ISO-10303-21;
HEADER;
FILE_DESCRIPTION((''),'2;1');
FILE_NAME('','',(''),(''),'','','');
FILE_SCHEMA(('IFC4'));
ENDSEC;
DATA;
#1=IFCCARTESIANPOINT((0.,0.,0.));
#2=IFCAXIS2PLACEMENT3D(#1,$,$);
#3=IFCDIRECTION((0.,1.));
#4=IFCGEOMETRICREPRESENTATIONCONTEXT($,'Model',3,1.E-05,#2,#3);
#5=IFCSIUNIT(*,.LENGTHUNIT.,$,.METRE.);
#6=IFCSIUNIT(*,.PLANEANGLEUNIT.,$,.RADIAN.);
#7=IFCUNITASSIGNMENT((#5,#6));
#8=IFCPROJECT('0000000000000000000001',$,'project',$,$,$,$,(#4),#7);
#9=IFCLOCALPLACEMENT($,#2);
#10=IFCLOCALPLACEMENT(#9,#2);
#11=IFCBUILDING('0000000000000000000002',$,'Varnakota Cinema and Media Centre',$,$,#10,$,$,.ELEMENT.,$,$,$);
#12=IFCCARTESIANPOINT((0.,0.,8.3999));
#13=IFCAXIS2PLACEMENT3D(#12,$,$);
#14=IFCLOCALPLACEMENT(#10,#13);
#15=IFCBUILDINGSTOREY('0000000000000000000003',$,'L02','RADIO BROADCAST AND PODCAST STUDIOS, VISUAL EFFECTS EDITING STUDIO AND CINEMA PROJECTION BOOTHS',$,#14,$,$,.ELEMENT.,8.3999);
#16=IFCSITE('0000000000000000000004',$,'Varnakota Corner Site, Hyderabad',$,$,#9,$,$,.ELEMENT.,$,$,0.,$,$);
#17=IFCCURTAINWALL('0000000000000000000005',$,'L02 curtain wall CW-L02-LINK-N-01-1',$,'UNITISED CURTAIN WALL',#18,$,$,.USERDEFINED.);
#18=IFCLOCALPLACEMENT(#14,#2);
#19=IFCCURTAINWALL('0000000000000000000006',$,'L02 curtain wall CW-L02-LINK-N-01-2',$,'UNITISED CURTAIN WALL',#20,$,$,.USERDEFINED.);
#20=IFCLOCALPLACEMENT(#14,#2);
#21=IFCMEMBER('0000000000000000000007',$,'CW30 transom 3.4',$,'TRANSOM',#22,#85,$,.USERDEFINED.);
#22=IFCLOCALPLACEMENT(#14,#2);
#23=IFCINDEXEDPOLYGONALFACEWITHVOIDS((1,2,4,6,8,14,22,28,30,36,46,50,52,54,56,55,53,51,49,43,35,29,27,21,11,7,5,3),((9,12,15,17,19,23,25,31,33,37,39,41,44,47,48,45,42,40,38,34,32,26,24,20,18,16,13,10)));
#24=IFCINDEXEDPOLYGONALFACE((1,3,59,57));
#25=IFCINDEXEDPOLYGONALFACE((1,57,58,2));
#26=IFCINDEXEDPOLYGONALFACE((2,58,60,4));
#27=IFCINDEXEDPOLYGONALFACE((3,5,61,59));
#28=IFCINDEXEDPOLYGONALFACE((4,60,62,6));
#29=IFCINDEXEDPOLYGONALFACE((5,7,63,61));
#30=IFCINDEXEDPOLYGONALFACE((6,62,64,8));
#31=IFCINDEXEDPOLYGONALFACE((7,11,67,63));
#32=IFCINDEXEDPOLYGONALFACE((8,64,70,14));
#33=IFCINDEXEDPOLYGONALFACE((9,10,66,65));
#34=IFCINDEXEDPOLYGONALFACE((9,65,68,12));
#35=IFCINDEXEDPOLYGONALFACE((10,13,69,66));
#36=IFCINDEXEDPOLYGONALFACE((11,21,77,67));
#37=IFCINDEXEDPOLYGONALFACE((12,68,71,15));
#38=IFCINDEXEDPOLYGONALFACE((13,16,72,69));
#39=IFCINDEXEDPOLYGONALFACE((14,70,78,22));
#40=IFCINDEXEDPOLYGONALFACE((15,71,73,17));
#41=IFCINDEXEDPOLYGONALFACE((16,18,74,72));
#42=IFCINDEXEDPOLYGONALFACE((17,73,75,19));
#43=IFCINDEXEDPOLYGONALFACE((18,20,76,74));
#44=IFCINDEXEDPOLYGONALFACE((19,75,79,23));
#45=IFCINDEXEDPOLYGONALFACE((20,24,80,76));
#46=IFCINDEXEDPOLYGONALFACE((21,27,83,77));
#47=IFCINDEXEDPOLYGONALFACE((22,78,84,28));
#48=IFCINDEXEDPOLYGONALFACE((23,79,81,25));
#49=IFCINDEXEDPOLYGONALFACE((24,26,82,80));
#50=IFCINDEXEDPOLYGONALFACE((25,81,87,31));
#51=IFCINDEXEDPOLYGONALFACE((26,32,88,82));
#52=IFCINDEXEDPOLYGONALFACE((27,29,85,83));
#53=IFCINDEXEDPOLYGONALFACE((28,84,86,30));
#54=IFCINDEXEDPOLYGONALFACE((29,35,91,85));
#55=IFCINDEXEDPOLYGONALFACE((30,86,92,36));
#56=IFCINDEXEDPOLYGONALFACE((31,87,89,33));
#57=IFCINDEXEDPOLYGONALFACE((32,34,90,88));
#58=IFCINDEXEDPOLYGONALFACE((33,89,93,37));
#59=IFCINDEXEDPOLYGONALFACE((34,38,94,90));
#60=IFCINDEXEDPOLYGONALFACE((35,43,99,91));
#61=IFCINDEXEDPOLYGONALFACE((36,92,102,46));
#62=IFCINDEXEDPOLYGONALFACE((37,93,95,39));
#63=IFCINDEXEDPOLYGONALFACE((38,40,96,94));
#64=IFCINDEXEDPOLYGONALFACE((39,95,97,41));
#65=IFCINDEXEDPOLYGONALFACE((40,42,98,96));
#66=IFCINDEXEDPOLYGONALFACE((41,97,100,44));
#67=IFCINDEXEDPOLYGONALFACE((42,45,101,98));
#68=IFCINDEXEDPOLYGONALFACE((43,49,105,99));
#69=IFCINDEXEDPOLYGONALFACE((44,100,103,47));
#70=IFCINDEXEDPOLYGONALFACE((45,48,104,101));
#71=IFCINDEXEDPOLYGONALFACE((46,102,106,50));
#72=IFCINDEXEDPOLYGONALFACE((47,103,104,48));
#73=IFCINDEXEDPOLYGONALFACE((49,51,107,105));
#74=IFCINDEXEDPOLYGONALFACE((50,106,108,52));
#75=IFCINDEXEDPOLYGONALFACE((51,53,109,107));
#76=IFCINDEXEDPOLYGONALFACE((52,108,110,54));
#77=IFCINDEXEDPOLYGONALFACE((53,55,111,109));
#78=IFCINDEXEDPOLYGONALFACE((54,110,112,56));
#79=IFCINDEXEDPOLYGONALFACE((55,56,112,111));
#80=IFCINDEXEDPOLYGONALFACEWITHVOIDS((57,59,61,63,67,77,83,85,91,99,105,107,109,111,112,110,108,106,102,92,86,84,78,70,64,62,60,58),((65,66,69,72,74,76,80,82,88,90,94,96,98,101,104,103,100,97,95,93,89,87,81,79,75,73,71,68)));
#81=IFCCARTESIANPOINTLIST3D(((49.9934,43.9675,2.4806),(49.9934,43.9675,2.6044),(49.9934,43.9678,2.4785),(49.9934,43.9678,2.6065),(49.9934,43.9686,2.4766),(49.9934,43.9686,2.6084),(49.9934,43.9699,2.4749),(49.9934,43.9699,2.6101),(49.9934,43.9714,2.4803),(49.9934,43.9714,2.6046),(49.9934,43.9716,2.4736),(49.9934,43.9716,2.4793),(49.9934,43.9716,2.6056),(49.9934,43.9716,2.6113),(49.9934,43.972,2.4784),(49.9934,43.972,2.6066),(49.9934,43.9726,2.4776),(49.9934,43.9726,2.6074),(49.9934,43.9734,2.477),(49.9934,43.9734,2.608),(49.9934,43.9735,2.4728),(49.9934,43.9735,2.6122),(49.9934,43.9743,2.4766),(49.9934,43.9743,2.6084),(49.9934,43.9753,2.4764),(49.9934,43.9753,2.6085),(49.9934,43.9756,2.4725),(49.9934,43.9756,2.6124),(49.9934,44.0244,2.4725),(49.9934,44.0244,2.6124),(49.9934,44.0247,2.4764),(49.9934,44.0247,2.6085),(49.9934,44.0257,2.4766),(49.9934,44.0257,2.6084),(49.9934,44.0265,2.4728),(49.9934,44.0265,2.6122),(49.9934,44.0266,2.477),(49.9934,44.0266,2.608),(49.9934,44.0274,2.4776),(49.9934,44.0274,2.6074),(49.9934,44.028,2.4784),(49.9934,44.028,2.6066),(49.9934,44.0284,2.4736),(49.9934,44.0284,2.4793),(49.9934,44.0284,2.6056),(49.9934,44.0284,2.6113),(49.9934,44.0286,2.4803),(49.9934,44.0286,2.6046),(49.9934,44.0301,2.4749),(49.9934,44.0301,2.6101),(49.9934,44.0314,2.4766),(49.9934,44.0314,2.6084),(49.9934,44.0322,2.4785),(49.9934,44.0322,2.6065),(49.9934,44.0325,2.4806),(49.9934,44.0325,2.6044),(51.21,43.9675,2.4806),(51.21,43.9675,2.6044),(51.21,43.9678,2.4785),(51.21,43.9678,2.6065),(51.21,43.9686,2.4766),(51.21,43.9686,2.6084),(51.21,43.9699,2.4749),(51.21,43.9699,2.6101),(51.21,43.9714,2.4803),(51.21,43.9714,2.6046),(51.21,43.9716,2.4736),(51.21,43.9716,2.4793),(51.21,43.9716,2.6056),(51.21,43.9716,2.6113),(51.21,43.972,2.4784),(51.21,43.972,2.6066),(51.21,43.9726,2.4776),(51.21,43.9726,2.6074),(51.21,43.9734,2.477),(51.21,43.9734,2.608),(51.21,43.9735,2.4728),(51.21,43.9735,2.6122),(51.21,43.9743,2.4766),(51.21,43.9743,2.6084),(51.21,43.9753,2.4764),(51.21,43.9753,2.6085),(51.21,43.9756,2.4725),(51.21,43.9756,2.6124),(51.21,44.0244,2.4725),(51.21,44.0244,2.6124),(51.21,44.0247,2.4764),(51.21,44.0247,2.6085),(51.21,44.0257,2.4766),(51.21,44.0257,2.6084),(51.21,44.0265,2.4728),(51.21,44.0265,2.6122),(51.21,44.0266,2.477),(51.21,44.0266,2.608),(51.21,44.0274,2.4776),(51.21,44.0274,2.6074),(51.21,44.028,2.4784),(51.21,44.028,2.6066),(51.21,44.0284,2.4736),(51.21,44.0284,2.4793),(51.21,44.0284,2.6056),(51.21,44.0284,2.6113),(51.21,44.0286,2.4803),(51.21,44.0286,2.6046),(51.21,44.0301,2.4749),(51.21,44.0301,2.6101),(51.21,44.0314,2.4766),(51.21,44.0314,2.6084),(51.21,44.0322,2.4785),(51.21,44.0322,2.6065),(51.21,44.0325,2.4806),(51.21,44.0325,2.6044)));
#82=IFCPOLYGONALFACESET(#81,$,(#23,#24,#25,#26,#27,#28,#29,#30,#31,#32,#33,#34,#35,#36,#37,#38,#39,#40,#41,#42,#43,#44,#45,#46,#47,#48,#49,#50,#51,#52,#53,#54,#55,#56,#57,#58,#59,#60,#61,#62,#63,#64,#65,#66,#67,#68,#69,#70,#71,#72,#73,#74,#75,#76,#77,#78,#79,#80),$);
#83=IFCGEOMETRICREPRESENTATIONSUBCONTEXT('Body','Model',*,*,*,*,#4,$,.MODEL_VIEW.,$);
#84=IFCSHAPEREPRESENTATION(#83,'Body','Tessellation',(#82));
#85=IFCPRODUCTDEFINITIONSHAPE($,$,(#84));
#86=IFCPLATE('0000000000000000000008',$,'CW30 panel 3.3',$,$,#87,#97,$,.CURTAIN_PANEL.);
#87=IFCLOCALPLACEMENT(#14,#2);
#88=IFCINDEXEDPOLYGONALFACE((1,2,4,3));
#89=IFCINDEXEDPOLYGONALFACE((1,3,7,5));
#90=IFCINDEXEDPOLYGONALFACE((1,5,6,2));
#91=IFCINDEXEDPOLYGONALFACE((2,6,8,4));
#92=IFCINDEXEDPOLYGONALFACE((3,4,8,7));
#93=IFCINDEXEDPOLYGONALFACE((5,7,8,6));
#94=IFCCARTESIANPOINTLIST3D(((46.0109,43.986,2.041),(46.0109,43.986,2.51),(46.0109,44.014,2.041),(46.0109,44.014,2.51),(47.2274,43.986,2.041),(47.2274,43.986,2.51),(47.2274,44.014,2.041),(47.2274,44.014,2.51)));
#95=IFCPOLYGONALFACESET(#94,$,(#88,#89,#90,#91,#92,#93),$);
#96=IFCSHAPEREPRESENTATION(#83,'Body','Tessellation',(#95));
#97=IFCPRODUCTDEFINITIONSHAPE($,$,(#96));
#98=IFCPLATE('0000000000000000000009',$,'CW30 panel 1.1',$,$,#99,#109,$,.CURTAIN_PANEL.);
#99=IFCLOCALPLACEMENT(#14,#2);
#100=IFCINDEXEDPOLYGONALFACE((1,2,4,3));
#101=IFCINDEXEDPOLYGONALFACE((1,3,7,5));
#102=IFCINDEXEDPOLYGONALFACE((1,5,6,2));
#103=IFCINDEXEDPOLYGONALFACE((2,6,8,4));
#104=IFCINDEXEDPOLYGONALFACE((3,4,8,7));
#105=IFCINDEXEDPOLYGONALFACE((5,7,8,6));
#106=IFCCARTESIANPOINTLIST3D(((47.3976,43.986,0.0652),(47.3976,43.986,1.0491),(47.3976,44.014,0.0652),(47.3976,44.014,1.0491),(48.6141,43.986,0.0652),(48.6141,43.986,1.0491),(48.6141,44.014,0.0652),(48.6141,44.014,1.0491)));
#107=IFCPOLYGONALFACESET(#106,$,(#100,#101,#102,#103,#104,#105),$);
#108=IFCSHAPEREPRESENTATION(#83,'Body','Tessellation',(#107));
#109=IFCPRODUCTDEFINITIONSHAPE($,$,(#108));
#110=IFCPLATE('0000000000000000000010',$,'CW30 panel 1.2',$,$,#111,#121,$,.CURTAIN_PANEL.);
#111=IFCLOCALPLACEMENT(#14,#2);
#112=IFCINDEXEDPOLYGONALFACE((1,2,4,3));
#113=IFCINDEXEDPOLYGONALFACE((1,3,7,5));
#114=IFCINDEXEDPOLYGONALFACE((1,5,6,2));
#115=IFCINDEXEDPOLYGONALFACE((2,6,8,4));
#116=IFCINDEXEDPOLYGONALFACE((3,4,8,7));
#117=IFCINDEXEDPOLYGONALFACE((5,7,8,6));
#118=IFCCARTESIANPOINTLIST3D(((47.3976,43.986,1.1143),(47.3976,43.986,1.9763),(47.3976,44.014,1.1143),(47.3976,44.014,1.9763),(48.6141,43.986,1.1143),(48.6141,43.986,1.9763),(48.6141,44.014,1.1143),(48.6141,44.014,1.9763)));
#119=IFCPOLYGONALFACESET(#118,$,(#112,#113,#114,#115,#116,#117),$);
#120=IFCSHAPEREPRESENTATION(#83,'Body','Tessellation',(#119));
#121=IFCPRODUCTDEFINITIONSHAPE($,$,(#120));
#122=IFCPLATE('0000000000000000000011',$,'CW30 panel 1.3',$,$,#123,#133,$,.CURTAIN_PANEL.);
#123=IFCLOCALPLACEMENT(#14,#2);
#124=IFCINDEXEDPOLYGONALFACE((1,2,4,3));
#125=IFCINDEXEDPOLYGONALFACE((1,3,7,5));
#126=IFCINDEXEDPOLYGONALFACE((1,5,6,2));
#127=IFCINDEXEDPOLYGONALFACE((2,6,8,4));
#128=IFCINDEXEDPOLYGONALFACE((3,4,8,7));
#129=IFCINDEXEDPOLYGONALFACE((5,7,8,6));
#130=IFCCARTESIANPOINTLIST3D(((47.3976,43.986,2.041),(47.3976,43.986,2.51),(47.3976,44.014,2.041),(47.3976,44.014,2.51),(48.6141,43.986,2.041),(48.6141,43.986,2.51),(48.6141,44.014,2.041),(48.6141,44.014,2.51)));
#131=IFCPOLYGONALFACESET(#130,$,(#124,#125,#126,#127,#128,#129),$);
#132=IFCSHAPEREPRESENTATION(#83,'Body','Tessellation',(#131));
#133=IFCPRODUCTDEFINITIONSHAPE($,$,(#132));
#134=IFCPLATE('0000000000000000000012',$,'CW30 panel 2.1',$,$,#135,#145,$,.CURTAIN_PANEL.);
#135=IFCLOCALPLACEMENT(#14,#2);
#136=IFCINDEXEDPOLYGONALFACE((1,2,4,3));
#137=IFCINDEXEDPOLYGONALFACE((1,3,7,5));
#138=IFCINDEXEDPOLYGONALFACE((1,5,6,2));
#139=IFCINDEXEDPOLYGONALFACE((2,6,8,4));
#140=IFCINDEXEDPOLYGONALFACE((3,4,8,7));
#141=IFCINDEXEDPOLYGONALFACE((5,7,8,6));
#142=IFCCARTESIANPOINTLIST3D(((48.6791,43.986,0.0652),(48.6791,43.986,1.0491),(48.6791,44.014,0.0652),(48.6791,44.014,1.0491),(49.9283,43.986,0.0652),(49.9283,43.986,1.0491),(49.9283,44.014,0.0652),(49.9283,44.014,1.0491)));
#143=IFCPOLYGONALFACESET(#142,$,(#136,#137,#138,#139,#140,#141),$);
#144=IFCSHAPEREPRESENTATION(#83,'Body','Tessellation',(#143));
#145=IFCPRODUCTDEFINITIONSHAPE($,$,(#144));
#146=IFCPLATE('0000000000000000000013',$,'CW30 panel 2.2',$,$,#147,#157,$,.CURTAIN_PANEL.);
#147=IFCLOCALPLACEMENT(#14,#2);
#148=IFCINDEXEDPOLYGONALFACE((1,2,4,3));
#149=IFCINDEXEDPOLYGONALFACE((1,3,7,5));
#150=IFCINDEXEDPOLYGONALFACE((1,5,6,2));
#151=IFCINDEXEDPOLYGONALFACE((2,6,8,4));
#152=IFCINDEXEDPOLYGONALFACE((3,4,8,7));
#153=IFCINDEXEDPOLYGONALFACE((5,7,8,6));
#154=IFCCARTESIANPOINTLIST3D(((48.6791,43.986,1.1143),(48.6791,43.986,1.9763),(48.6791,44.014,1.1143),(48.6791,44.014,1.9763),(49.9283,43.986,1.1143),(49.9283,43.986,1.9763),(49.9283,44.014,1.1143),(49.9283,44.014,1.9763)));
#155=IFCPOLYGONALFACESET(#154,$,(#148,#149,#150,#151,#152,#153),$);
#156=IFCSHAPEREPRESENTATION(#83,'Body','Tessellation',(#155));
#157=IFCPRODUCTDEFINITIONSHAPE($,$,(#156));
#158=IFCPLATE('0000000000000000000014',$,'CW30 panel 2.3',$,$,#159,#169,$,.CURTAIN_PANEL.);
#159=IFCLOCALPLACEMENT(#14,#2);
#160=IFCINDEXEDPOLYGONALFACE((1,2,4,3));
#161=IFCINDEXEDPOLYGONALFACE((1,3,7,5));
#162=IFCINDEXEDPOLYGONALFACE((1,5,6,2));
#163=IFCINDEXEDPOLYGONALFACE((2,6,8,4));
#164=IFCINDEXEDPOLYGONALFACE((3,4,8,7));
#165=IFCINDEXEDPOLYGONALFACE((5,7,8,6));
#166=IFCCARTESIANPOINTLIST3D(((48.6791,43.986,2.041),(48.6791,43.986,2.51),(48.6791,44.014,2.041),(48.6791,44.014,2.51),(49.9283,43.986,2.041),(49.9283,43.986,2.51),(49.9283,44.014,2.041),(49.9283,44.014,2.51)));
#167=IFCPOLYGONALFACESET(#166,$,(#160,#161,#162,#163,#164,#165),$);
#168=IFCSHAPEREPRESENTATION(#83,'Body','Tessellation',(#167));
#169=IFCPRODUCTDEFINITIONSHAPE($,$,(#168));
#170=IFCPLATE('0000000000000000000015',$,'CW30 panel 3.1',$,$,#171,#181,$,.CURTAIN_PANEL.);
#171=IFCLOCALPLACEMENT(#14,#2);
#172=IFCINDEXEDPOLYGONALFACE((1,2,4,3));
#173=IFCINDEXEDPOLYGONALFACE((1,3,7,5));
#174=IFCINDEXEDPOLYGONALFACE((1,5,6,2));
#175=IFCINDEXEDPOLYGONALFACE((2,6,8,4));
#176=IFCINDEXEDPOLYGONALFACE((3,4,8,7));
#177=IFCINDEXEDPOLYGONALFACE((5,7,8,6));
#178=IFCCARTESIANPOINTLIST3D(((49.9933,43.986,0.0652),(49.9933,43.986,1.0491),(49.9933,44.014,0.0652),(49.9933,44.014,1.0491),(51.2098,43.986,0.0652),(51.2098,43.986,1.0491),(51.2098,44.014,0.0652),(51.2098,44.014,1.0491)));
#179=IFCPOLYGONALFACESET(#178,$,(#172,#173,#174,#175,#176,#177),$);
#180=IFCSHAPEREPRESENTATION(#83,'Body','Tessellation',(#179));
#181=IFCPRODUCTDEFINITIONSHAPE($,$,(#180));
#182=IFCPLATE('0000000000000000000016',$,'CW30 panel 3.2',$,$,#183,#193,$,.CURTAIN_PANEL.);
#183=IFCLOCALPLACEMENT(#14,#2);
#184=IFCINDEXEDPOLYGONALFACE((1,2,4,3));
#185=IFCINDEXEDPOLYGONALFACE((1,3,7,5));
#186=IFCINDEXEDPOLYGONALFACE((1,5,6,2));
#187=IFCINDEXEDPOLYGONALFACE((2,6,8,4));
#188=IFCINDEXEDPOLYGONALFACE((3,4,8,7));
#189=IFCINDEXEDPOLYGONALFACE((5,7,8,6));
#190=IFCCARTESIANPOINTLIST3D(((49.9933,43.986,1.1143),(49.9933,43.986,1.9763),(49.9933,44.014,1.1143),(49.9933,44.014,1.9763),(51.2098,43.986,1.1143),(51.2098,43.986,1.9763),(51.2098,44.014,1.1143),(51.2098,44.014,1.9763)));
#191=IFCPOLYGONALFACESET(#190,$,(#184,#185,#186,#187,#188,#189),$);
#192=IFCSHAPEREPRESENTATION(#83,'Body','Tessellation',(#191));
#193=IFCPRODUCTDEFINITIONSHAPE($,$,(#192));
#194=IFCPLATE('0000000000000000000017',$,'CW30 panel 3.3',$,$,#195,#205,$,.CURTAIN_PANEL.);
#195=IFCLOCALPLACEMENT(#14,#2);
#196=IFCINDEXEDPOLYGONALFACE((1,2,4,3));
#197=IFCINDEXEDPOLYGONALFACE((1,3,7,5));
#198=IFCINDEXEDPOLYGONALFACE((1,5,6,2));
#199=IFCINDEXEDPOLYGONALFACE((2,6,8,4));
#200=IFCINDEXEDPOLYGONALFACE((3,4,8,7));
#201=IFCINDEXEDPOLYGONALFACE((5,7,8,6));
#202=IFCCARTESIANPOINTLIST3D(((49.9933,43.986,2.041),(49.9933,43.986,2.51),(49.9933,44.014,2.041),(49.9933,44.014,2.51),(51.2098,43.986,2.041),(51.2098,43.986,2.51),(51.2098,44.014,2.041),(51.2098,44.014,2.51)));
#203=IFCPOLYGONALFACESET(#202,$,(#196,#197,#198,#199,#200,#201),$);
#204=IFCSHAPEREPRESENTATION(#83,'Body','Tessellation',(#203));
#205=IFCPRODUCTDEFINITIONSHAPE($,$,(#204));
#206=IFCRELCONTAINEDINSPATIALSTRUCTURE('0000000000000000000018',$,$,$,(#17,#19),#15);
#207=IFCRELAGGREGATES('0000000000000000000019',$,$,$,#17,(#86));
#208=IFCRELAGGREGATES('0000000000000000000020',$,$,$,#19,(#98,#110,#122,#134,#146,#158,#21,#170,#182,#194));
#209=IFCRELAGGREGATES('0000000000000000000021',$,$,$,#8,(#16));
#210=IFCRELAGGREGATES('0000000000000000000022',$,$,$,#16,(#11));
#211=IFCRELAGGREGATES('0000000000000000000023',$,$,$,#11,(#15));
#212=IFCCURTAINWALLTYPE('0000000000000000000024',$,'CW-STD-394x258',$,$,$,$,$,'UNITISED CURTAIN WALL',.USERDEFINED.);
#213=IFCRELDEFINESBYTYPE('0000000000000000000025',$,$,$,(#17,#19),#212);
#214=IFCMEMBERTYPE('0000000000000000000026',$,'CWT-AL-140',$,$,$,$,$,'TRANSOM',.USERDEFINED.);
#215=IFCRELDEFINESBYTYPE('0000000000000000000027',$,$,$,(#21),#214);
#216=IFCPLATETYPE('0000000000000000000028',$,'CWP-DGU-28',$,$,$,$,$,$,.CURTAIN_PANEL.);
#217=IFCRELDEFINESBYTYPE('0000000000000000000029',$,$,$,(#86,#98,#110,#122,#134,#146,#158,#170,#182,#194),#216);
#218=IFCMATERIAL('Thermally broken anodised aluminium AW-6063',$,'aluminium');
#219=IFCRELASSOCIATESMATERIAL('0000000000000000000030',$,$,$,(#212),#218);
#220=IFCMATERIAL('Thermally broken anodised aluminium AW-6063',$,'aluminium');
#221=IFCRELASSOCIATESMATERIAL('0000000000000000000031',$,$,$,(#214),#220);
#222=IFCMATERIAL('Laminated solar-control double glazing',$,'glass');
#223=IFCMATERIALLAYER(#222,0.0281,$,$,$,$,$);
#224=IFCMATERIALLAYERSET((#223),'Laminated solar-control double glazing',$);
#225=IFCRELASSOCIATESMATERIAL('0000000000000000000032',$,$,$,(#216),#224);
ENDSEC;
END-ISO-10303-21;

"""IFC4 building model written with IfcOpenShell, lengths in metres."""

from ifc_helpers import new_model, si_unit, direction, frame, origin, origin_2d, place, context, subcontext, project, spatial, rectangle, hollow_rectangle, extrude, material, layer, layer_set, material_profile, profile_set, type_object, element, aggregate, save


model = new_model("IFC4")

# Units and contexts
model_context = context("Model", 3, precision=1e-05, world=origin(), true_north=direction((0.0, 1.0)))
body_context = subcontext(model_context, "Body", "Model", "MODEL_VIEW")
ifc_project = project(units=[si_unit("LENGTHUNIT", "METRE"), si_unit("PLANEANGLEUNIT", "RADIAN")], contexts=[model_context])

# Site, building, storey
site_placement = place(None, origin())
site = spatial("IfcSite", under=ifc_project, at=site_placement, Name="Varnakota Corner Site, Hyderabad", CompositionType="ELEMENT", RefElevation=0.0)
building_placement = place(site_placement, origin())
building = spatial("IfcBuilding", under=site, at=building_placement, Name="Varnakota Cinema and Media Centre", CompositionType="ELEMENT")
storey_placement = place(building_placement, frame((0.0, 0.0, 8.3999)))
storey = spatial("IfcBuildingStorey", under=building, at=storey_placement, Name="L02", Description="RADIO BROADCAST AND PODCAST STUDIOS, VISUAL EFFECTS EDITING STUDIO AND CINEMA PROJECTION BOOTHS", CompositionType="ELEMENT", Elevation=8.3999)

# Curtain wall
ifc_material_1 = material(Name="Thermally broken anodised aluminium AW-6063", Category="aluminium")
curtain_wall_type = type_object("IfcCurtainWallType", Name="CW-STD-394x258", ElementType="UNITISED CURTAIN WALL", PredefinedType="USERDEFINED", material=ifc_material_1)
curtain_wall_1_placement = place(storey_placement, origin())
curtain_wall_1 = element("IfcCurtainWall", 1, at=curtain_wall_1_placement, inside=storey, type_object=curtain_wall_type, Name="L02 curtain wall CW-L02-LINK-N-01-1", ObjectType="UNITISED CURTAIN WALL", PredefinedType="USERDEFINED")

# Curtain wall, member
curtain_wall_2_placement = place(storey_placement, origin())
curtain_wall_2 = element("IfcCurtainWall", 2, at=curtain_wall_2_placement, inside=storey, type_object=curtain_wall_type, Name="L02 curtain wall CW-L02-LINK-N-01-2", ObjectType="UNITISED CURTAIN WALL", PredefinedType="USERDEFINED")
ifc_material_2 = material(Name="Thermally broken anodised aluminium AW-6063", Category="aluminium")
ifc_material_profile_1 = material_profile(ifc_material_2, hollow_rectangle(XDim=0.0649, YDim=0.1399, WallThickness=0.0039, InnerFilletRadius=0.0039, OuterFilletRadius=0.0081, at=origin_2d()), Name="AL-TRANSOM 140x65x4")
ifc_profile_set_1 = profile_set([ifc_material_profile_1], Name="Thermally broken anodised aluminium AW-6063")
member_type_1 = type_object("IfcMemberType", Name="CWT-AL-140", ElementType="TRANSOM", PredefinedType="USERDEFINED", material=ifc_profile_set_1)
member_1_placement = place(storey_placement, frame((49.9934, 44.0, 2.5425), z_axis=(1.0, 0.0, 0.0), x_axis=(0.0, 1.0, 0.0)))
member_1 = element("IfcMember", 3, at=member_1_placement, type_object=member_type_1, Name="CW30 transom 3.4", ObjectType="TRANSOM", PredefinedType="USERDEFINED", context=body_context, shape_type="SweptSolid", body=[
    extrude(hollow_rectangle(XDim=0.0649, YDim=0.1399, WallThickness=0.0039, InnerFilletRadius=0.0039, OuterFilletRadius=0.0081, at=origin_2d()), origin(), (0.0, 0.0, 1.0), 1.2166),
])

# Plates
ifc_material_3 = material(Name="Laminated solar-control double glazing", Category="glass")
ifc_layer = layer(ifc_material_3, 0.0281)
ifc_layer_set = layer_set([ifc_layer], Name="Laminated solar-control double glazing")
plate_type = type_object("IfcPlateType", Name="CWP-DGU-28", PredefinedType="CURTAIN_PANEL", material=ifc_layer_set)
plate_1_placement = place(storey_placement, frame((46.6191, 44.0, 2.041), z_axis=(0.0, 0.0, 1.0), x_axis=(1.0, 0.0, 0.0)))
plate_1 = element("IfcPlate", 4, at=plate_1_placement, type_object=plate_type, Name="CW30 panel 3.3", PredefinedType="CURTAIN_PANEL", context=body_context, shape_type="SweptSolid", body=[
    extrude(rectangle(XDim=1.2166, YDim=0.0281, at=origin_2d()), origin(), (0.0, 0.0, 1.0), 0.469),
])
aggregate(curtain_wall_1, [plate_1])
plate_2_placement = place(storey_placement, frame((48.0059, 44.0, 0.0652), z_axis=(0.0, 0.0, 1.0), x_axis=(1.0, 0.0, 0.0)))
plate_2 = element("IfcPlate", 5, at=plate_2_placement, type_object=plate_type, Name="CW30 panel 1.1", PredefinedType="CURTAIN_PANEL", context=body_context, shape_type="SweptSolid", body=[
    extrude(rectangle(XDim=1.2166, YDim=0.0281, at=origin_2d()), origin(), (0.0, 0.0, 1.0), 0.9839),
])
plate_3_placement = place(storey_placement, frame((48.0059, 44.0, 1.1143), z_axis=(0.0, 0.0, 1.0), x_axis=(1.0, 0.0, 0.0)))
plate_3 = element("IfcPlate", 6, at=plate_3_placement, type_object=plate_type, Name="CW30 panel 1.2", PredefinedType="CURTAIN_PANEL", context=body_context, shape_type="SweptSolid", body=[
    extrude(rectangle(XDim=1.2166, YDim=0.0281, at=origin_2d()), origin(), (0.0, 0.0, 1.0), 0.8621),
])
plate_4_placement = place(storey_placement, frame((48.0059, 44.0, 2.041), z_axis=(0.0, 0.0, 1.0), x_axis=(1.0, 0.0, 0.0)))
plate_4 = element("IfcPlate", 7, at=plate_4_placement, type_object=plate_type, Name="CW30 panel 1.3", PredefinedType="CURTAIN_PANEL", context=body_context, shape_type="SweptSolid", body=[
    extrude(rectangle(XDim=1.2166, YDim=0.0281, at=origin_2d()), origin(), (0.0, 0.0, 1.0), 0.469),
])
plate_5_placement = place(storey_placement, frame((49.3037, 44.0, 0.0652), z_axis=(0.0, 0.0, 1.0), x_axis=(1.0, 0.0, 0.0)))
plate_5 = element("IfcPlate", 8, at=plate_5_placement, type_object=plate_type, Name="CW30 panel 2.1", PredefinedType="CURTAIN_PANEL", context=body_context, shape_type="SweptSolid", body=[
    extrude(rectangle(XDim=1.2493, YDim=0.0281, at=origin_2d()), origin(), (0.0, 0.0, 1.0), 0.9839),
])
plate_6_placement = place(storey_placement, frame((49.3037, 44.0, 1.1143), z_axis=(0.0, 0.0, 1.0), x_axis=(1.0, 0.0, 0.0)))
plate_6 = element("IfcPlate", 9, at=plate_6_placement, type_object=plate_type, Name="CW30 panel 2.2", PredefinedType="CURTAIN_PANEL", context=body_context, shape_type="SweptSolid", body=[
    extrude(rectangle(XDim=1.2493, YDim=0.0281, at=origin_2d()), origin(), (0.0, 0.0, 1.0), 0.8621),
])
plate_7_placement = place(storey_placement, frame((49.3037, 44.0, 2.041), z_axis=(0.0, 0.0, 1.0), x_axis=(1.0, 0.0, 0.0)))
plate_7 = element("IfcPlate", 10, at=plate_7_placement, type_object=plate_type, Name="CW30 panel 2.3", PredefinedType="CURTAIN_PANEL", context=body_context, shape_type="SweptSolid", body=[
    extrude(rectangle(XDim=1.2493, YDim=0.0281, at=origin_2d()), origin(), (0.0, 0.0, 1.0), 0.469),
])
plate_8_placement = place(storey_placement, frame((50.6016, 44.0, 0.0652), z_axis=(0.0, 0.0, 1.0), x_axis=(1.0, 0.0, 0.0)))
plate_8 = element("IfcPlate", 11, at=plate_8_placement, type_object=plate_type, Name="CW30 panel 3.1", PredefinedType="CURTAIN_PANEL", context=body_context, shape_type="SweptSolid", body=[
    extrude(rectangle(XDim=1.2166, YDim=0.0281, at=origin_2d()), origin(), (0.0, 0.0, 1.0), 0.9839),
])
plate_9_placement = place(storey_placement, frame((50.6016, 44.0, 1.1143), z_axis=(0.0, 0.0, 1.0), x_axis=(1.0, 0.0, 0.0)))
plate_9 = element("IfcPlate", 12, at=plate_9_placement, type_object=plate_type, Name="CW30 panel 3.2", PredefinedType="CURTAIN_PANEL", context=body_context, shape_type="SweptSolid", body=[
    extrude(rectangle(XDim=1.2166, YDim=0.0281, at=origin_2d()), origin(), (0.0, 0.0, 1.0), 0.8621),
])
plate_10_placement = place(storey_placement, frame((50.6016, 44.0, 2.041), z_axis=(0.0, 0.0, 1.0), x_axis=(1.0, 0.0, 0.0)))
plate_10 = element("IfcPlate", 13, at=plate_10_placement, type_object=plate_type, Name="CW30 panel 3.3", PredefinedType="CURTAIN_PANEL", context=body_context, shape_type="SweptSolid", body=[
    extrude(rectangle(XDim=1.2166, YDim=0.0281, at=origin_2d()), origin(), (0.0, 0.0, 1.0), 0.469),
])
aggregate(curtain_wall_2, [plate_2, plate_3, plate_4, plate_5, plate_6, plate_7, member_1, plate_8, plate_9, plate_10])

save(model, "model.ifc")
